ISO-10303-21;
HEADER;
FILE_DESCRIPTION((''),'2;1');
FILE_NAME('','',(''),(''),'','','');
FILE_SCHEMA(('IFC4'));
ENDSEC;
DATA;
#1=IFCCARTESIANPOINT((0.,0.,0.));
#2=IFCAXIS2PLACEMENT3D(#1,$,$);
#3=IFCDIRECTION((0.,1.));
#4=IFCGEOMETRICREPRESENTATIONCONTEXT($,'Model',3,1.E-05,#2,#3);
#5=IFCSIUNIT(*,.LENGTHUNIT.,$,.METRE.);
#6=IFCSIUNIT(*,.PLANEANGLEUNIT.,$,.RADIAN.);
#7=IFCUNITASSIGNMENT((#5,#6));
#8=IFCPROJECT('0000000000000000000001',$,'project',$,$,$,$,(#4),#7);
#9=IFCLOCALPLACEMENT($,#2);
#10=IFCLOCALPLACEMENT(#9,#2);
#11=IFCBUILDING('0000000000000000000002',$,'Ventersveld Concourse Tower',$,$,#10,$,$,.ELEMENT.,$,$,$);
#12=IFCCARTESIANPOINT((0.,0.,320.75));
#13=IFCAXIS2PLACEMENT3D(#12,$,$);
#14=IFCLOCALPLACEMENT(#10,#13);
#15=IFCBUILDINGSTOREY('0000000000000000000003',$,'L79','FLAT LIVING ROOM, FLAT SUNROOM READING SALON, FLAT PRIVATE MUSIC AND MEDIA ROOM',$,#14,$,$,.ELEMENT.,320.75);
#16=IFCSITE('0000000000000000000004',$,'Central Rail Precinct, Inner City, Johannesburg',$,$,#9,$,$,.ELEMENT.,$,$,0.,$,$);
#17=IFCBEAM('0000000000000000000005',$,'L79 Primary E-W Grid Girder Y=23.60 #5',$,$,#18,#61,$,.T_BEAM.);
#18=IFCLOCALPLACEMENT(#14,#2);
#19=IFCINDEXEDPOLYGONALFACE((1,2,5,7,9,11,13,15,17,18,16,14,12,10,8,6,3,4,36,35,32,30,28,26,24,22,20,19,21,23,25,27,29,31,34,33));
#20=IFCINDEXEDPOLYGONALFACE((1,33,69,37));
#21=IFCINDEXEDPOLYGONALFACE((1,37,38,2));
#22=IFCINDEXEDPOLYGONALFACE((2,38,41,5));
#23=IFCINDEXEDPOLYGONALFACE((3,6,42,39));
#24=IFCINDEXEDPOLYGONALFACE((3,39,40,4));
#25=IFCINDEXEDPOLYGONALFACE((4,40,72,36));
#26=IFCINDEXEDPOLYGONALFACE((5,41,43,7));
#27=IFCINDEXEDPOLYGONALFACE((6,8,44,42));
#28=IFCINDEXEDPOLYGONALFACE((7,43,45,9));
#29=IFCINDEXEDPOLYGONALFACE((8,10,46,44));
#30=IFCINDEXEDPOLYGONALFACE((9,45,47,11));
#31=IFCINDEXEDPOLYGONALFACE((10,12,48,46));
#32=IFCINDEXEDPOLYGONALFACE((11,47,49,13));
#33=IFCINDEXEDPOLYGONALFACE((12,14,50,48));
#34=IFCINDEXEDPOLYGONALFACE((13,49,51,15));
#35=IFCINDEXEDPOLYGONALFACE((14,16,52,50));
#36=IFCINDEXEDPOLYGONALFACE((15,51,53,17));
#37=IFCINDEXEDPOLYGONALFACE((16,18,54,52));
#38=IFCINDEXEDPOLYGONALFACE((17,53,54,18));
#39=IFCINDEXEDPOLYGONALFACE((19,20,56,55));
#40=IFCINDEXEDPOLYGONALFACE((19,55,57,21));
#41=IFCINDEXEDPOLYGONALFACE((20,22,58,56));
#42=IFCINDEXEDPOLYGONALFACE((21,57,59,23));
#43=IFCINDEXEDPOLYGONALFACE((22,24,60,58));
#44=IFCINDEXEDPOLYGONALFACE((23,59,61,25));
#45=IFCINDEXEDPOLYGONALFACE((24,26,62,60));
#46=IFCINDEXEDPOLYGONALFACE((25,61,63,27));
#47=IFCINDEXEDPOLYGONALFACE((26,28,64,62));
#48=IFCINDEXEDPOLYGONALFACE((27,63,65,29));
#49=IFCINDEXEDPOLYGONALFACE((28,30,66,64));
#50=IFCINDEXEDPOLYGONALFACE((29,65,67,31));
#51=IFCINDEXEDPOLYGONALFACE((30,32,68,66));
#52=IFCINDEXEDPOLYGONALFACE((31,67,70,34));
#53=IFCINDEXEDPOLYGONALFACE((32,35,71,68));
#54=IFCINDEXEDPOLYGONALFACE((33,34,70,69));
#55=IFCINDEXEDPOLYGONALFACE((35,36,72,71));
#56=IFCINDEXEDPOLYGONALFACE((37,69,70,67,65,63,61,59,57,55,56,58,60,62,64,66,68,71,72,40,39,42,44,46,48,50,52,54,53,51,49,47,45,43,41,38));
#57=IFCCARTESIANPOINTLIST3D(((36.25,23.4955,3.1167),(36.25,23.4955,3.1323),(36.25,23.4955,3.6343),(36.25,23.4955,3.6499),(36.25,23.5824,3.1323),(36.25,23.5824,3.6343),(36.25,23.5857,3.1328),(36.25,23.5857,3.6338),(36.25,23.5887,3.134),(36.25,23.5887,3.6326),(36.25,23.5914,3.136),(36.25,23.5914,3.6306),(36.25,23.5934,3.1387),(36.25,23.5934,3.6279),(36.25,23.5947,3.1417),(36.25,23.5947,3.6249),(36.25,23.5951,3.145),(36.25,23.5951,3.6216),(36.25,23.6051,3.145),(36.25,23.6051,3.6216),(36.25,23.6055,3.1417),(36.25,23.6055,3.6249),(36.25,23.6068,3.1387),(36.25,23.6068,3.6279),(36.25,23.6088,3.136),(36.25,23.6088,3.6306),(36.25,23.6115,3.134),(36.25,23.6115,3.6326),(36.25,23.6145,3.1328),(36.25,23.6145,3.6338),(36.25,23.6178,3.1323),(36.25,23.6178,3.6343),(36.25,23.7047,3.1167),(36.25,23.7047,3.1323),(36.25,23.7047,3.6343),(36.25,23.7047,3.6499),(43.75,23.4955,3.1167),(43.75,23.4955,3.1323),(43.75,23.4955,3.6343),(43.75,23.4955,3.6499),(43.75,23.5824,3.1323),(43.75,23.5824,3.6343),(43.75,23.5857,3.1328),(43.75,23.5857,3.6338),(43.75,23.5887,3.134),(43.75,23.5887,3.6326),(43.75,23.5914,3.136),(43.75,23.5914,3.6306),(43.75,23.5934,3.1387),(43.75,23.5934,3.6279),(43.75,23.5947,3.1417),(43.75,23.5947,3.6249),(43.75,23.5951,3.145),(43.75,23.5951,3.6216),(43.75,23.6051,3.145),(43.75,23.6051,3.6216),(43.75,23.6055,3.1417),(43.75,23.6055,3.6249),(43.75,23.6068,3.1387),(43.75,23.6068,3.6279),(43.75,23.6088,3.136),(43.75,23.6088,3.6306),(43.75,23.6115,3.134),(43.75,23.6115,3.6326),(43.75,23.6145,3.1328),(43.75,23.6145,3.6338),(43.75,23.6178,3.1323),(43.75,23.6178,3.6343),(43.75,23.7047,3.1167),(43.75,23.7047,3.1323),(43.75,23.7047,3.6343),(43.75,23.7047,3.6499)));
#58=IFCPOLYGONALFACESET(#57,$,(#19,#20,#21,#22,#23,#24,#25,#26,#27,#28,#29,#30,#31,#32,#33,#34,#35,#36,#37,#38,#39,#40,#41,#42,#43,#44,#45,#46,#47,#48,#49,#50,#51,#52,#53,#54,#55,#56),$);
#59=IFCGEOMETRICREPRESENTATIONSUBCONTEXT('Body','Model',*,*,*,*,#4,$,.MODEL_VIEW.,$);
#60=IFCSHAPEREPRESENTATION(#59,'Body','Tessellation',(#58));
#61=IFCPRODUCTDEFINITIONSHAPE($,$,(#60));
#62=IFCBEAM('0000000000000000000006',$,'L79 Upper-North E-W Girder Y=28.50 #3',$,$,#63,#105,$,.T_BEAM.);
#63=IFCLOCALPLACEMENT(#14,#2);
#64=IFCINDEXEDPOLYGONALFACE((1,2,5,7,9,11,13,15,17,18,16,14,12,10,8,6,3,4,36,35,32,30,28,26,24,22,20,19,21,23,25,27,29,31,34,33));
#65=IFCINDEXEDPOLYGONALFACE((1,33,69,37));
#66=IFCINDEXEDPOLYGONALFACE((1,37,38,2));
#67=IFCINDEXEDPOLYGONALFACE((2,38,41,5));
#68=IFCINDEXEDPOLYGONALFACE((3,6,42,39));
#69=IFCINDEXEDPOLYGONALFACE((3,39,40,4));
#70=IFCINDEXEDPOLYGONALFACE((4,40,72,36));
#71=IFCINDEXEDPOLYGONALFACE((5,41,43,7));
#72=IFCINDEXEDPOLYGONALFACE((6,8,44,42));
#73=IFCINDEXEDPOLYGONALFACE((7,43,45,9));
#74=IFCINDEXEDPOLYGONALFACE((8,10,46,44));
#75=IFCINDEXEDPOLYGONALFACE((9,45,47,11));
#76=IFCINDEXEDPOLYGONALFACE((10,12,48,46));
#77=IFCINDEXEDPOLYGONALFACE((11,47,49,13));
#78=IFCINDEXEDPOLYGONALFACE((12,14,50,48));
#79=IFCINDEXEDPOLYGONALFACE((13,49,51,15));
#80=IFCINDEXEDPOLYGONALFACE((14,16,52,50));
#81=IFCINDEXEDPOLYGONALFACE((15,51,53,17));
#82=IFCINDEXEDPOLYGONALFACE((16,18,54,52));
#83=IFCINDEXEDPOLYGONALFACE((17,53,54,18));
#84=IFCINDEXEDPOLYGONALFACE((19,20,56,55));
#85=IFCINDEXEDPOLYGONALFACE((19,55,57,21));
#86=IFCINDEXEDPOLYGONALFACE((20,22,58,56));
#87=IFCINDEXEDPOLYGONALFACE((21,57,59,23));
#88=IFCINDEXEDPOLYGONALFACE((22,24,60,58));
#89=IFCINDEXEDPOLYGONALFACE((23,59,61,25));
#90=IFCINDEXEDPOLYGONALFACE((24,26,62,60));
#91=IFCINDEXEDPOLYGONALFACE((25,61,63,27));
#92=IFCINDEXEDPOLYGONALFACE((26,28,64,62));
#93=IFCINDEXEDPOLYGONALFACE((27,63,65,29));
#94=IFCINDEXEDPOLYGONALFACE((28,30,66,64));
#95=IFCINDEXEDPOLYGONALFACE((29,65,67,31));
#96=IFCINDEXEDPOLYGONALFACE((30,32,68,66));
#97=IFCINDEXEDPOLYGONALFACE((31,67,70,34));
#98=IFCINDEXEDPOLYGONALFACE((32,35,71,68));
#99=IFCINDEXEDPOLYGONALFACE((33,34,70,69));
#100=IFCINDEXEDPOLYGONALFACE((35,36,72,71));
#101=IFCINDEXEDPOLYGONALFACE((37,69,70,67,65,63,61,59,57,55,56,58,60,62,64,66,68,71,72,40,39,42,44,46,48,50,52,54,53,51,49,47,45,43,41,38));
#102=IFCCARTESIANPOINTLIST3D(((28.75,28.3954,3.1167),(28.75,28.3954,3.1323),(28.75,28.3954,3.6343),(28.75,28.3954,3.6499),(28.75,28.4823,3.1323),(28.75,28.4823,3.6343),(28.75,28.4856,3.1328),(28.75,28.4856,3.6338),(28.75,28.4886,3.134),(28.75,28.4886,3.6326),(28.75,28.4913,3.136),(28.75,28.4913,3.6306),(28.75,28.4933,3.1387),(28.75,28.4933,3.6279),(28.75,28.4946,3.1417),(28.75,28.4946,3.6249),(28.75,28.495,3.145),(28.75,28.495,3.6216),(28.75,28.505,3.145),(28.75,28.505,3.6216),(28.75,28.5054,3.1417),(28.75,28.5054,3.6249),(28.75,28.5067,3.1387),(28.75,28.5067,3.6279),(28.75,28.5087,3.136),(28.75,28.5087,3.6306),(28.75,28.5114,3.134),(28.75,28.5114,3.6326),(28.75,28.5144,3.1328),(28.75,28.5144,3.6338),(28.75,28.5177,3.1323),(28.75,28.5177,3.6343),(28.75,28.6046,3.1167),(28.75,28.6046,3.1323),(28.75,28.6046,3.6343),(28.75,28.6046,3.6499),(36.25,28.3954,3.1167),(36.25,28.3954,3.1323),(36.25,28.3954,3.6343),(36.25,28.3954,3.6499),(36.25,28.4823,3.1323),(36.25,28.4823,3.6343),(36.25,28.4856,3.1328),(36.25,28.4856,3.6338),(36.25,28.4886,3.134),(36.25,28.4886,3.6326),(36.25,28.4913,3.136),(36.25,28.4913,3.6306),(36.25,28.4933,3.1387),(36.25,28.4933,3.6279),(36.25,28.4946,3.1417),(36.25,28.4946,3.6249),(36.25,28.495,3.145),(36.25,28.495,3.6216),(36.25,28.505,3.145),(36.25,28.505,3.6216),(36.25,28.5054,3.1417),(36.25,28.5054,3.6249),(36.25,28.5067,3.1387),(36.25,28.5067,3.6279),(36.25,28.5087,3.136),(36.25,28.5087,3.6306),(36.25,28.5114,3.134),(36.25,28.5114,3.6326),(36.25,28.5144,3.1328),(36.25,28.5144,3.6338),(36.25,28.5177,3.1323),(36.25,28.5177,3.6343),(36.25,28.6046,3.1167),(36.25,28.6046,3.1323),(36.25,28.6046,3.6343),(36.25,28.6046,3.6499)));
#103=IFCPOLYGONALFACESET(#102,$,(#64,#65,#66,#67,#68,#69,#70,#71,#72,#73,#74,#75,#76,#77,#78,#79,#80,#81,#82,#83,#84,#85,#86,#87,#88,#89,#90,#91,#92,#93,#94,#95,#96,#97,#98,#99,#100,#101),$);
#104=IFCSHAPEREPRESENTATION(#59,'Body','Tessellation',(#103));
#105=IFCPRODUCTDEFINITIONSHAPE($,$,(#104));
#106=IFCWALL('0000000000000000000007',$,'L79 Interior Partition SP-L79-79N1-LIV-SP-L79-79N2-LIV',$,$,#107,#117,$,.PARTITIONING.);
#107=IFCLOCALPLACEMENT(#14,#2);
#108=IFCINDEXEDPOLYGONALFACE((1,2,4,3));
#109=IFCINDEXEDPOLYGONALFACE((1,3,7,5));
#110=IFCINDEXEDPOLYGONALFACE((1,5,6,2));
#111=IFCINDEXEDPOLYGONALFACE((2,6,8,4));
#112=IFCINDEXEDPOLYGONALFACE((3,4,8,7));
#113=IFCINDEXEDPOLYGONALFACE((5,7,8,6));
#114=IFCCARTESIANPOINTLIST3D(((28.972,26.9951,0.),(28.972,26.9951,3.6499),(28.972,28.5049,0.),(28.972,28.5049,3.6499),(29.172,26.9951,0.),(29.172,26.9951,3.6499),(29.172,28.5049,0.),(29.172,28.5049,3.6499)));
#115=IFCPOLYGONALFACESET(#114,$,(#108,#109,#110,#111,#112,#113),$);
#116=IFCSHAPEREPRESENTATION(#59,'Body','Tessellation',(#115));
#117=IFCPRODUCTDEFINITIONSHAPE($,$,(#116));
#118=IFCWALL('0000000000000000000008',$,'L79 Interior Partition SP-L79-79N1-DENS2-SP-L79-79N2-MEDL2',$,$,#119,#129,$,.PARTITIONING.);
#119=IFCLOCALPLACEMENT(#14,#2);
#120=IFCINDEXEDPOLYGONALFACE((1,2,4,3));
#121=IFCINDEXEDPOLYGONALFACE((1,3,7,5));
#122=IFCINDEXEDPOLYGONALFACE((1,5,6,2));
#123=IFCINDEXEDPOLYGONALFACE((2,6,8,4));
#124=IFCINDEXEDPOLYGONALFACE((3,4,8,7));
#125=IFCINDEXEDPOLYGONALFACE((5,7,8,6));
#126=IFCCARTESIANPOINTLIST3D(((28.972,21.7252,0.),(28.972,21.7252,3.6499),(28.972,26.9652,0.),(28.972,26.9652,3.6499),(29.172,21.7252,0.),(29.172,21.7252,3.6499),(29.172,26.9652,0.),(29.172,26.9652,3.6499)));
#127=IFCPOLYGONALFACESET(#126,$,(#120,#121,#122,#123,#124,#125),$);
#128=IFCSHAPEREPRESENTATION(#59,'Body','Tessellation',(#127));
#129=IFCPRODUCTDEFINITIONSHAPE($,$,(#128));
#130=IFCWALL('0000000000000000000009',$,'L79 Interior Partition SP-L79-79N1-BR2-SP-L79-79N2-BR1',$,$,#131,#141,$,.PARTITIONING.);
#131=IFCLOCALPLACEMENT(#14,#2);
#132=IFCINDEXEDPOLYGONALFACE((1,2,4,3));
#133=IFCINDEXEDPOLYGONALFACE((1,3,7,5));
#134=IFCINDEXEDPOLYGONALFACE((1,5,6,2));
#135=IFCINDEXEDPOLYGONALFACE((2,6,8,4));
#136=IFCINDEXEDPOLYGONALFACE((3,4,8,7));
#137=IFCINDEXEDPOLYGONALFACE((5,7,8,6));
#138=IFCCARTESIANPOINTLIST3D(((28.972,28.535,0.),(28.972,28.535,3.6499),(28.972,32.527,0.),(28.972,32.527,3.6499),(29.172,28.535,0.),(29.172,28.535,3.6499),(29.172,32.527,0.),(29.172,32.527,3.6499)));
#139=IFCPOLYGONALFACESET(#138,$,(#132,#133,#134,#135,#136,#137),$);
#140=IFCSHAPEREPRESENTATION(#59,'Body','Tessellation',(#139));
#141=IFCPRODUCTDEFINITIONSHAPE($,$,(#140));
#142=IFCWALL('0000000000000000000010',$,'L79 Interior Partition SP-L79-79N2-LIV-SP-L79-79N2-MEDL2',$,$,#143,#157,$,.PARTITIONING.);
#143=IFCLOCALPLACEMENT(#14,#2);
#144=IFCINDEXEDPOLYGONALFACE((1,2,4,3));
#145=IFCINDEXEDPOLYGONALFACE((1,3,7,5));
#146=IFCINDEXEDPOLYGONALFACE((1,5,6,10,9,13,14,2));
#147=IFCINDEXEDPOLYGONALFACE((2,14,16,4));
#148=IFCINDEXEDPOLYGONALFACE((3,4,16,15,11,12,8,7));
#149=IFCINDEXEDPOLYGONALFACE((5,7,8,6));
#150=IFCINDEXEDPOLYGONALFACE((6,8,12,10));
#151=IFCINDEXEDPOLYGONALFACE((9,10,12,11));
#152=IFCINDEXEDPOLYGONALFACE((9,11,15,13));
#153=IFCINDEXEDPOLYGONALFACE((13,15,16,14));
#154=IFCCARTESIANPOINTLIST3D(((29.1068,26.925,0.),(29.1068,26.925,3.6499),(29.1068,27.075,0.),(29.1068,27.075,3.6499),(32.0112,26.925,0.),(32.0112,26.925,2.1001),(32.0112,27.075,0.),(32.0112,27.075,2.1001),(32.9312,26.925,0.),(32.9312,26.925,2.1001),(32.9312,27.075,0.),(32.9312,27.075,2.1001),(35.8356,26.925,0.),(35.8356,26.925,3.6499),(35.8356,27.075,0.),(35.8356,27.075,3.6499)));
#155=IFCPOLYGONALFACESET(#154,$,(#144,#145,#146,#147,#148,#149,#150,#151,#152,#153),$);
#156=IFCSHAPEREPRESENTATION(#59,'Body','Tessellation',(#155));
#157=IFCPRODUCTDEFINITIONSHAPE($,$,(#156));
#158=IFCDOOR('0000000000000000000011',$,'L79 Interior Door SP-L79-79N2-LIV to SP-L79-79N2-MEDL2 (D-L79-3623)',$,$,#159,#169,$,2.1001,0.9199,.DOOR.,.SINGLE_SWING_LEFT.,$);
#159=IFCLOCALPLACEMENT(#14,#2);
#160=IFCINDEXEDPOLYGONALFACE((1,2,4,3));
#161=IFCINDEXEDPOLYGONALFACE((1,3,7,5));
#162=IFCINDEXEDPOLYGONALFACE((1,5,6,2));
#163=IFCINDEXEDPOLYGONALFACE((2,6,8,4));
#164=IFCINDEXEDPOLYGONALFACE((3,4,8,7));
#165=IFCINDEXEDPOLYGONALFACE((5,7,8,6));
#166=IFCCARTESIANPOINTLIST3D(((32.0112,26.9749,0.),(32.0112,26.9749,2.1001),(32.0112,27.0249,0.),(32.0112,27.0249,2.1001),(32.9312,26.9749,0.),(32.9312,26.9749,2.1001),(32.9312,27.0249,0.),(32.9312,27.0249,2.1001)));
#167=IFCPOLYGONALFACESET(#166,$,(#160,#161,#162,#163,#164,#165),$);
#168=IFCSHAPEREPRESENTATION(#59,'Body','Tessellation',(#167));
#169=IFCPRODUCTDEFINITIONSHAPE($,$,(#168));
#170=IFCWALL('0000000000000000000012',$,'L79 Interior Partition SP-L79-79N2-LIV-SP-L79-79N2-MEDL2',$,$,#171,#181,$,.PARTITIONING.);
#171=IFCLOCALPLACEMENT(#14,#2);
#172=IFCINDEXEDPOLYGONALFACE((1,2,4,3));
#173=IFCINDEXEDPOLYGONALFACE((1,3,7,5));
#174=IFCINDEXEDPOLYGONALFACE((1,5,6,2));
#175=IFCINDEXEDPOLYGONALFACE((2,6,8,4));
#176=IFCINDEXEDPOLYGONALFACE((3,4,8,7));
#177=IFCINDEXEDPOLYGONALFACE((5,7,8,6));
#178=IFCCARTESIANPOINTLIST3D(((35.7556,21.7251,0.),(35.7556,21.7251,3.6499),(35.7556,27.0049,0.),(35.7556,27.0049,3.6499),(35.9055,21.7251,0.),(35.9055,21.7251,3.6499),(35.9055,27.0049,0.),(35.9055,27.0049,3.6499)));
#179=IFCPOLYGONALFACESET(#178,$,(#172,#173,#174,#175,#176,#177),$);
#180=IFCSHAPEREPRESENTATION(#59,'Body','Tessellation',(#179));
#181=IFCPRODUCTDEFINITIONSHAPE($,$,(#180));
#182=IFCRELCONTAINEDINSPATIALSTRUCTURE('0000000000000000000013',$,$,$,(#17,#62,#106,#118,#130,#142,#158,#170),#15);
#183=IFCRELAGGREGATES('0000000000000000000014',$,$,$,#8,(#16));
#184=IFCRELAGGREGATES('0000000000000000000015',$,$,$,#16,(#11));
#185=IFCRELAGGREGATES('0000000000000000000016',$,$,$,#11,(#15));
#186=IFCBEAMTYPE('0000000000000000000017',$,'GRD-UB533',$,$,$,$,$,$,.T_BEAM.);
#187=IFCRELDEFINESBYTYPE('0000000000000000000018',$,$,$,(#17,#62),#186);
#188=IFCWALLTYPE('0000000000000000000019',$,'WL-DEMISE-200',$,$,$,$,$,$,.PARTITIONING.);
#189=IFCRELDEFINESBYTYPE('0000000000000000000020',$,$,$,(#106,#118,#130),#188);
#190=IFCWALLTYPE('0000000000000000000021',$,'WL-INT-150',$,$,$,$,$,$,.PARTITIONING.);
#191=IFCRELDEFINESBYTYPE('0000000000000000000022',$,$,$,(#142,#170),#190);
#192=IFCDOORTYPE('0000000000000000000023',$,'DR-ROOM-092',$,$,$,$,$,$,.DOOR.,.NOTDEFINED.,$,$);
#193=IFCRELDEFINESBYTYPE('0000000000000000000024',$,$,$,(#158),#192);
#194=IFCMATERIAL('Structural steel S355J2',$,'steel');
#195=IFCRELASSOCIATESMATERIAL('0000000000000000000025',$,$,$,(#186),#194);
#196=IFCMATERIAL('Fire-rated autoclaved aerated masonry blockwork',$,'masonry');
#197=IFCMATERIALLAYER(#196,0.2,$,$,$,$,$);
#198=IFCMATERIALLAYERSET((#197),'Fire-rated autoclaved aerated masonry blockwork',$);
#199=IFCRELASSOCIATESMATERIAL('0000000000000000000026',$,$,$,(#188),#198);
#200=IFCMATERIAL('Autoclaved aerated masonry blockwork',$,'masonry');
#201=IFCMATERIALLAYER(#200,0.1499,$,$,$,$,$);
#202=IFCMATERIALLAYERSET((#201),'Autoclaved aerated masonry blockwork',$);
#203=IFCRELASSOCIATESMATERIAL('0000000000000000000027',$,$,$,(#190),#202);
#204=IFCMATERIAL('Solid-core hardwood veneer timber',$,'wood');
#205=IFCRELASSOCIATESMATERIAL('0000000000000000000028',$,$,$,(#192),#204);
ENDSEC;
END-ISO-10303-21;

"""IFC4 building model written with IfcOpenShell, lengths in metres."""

from ifc_helpers import new_model, si_unit, direction, frame, frame_2d, origin, origin_2d, place, context, subcontext, project, spatial, rectangle, i_section, extrude, material, layer, layer_set, material_profile, profile_set, type_object, element, fill, save


model = new_model("IFC4")

# Units and contexts
model_context = context("Model", 3, precision=1e-05, world=origin(), true_north=direction((0.0, 1.0)))
body_context = subcontext(model_context, "Body", "Model", "MODEL_VIEW")
ifc_project = project(units=[si_unit("LENGTHUNIT", "METRE"), si_unit("PLANEANGLEUNIT", "RADIAN")], contexts=[model_context])

# Site, building, storey
site_placement = place(None, origin())
site = spatial("IfcSite", under=ifc_project, at=site_placement, Name="Central Rail Precinct, Inner City, Johannesburg", CompositionType="ELEMENT", RefElevation=0.0)
building_placement = place(site_placement, origin())
building = spatial("IfcBuilding", under=site, at=building_placement, Name="Ventersveld Concourse Tower", CompositionType="ELEMENT")
storey_placement = place(building_placement, frame((0.0, 0.0, 320.75)))
storey = spatial("IfcBuildingStorey", under=building, at=storey_placement, Name="L79", Description="FLAT LIVING ROOM, FLAT SUNROOM READING SALON, FLAT PRIVATE MUSIC AND MEDIA ROOM", CompositionType="ELEMENT", Elevation=320.75)

# Shared definitions
ifc_material_1 = material(Name="Structural steel S355J2", Category="steel")

# Beams
ifc_material_profile_1 = material_profile(ifc_material_1, i_section(OverallWidth=0.2092, OverallDepth=0.5332, WebThickness=0.01, FlangeThickness=0.0156, FilletRadius=0.0127, at=origin_2d()), Name="UB 533x210x92")
ifc_profile_set_1 = profile_set([ifc_material_profile_1], Name="Structural steel S355J2")
beam_type_1 = type_object("IfcBeamType", Name="GRD-UB533", PredefinedType="T_BEAM", material=ifc_profile_set_1)
for number, where, z_axis, x_axis, name in (
    (1, (36.25, 23.6001, 3.3833), (1.0, 0.0, 0.0), (0.0, 1.0, 0.0), "L79 Primary E-W Grid Girder Y=23.60 #5"),
    (2, (28.75, 28.5, 3.3833), (1.0, 0.0, 0.0), (0.0, 1.0, 0.0), "L79 Upper-North E-W Girder Y=28.50 #3"),
):
    element("IfcBeam", number, at=place(storey_placement, frame(where, z_axis=z_axis, x_axis=x_axis)), inside=storey, type_object=beam_type_1, Name=name, PredefinedType="T_BEAM", context=body_context, shape_type="SweptSolid", body=[
        extrude(i_section(OverallWidth=0.2092, OverallDepth=0.5332, WebThickness=0.01, FlangeThickness=0.0156, FilletRadius=0.0127, at=origin_2d()), origin(), (0.0, 0.0, 1.0), 7.5),
    ])

# Walls
ifc_material_2 = material(Name="Fire-rated autoclaved aerated masonry blockwork", Category="masonry")
ifc_layer_1 = layer(ifc_material_2, 0.2)
ifc_layer_set_1 = layer_set([ifc_layer_1], Name="Fire-rated autoclaved aerated masonry blockwork")
wall_type_1 = type_object("IfcWallType", Name="WL-DEMISE-200", PredefinedType="PARTITIONING", material=ifc_layer_set_1)
wall_1_placement = place(storey_placement, frame((29.072, 26.9951, 0.0), z_axis=(0.0, 0.0, 1.0), x_axis=(0.0, 1.0, 0.0)))
element("IfcWall", 3, at=wall_1_placement, inside=storey, type_object=wall_type_1, Name="L79 Interior Partition SP-L79-79N1-LIV-SP-L79-79N2-LIV", PredefinedType="PARTITIONING", context=body_context, shape_type="SweptSolid", body=[
    extrude(rectangle(XDim=1.5098, YDim=0.2, at=frame_2d((0.7549, 0.0))), origin(), (0.0, 0.0, 1.0), 3.6499),
])
wall_2_placement = place(storey_placement, frame((29.072, 21.7251, 0.0), z_axis=(0.0, 0.0, 1.0), x_axis=(0.0, 1.0, 0.0)))
element("IfcWall", 4, at=wall_2_placement, inside=storey, type_object=wall_type_1, Name="L79 Interior Partition SP-L79-79N1-DENS2-SP-L79-79N2-MEDL2", PredefinedType="PARTITIONING", context=body_context, shape_type="SweptSolid", body=[
    extrude(rectangle(XDim=5.24, YDim=0.2, at=frame_2d((2.6201, 0.0))), origin(), (0.0, 0.0, 1.0), 3.6499),
])
wall_3_placement = place(storey_placement, frame((29.072, 28.5349, 0.0), z_axis=(0.0, 0.0, 1.0), x_axis=(0.0, 1.0, 0.0)))
element("IfcWall", 5, at=wall_3_placement, inside=storey, type_object=wall_type_1, Name="L79 Interior Partition SP-L79-79N1-BR2-SP-L79-79N2-BR1", PredefinedType="PARTITIONING", context=body_context, shape_type="SweptSolid", body=[
    extrude(rectangle(XDim=3.9919, YDim=0.2, at=frame_2d((1.9961, 0.0))), origin(), (0.0, 0.0, 1.0), 3.6499),
])

# Wall, opening, door
ifc_material_3 = material(Name="Autoclaved aerated masonry blockwork", Category="masonry")
ifc_layer_2 = layer(ifc_material_3, 0.1499)
ifc_layer_set_2 = layer_set([ifc_layer_2], Name="Autoclaved aerated masonry blockwork")
wall_type_2 = type_object("IfcWallType", Name="WL-INT-150", PredefinedType="PARTITIONING", material=ifc_layer_set_2)
wall_4_placement = place(storey_placement, frame((29.1069, 27.0, 0.0), z_axis=(0.0, 0.0, 1.0), x_axis=(1.0, 0.0, 0.0)))
wall_4 = element("IfcWall", 6, at=wall_4_placement, inside=storey, type_object=wall_type_2, Name="L79 Interior Partition SP-L79-79N2-LIV-SP-L79-79N2-MEDL2", PredefinedType="PARTITIONING", context=body_context, shape_type="SweptSolid", body=[
    extrude(rectangle(XDim=6.7288, YDim=0.1499, at=frame_2d((3.3643, 0.0))), origin(), (0.0, 0.0, 1.0), 3.6499),
])
opening_1_placement = place(wall_4_placement, frame((2.9043, 0.0, 0.0)))
opening_1 = element("IfcOpeningElement", 7, at=opening_1_placement, cuts=wall_4, PredefinedType="OPENING", context=body_context, shape_type="SweptSolid", body=[
    extrude(rectangle(XDim=0.9199, YDim=2.1001, at=frame_2d((0.46, 1.05))), frame((0.0, 0.085, 0.0), z_axis=(0.0, -1.0, 0.0), x_axis=(1.0, 0.0, 0.0)), (0.0, 0.0, 1.0), 0.1699),
])
ifc_material_4 = material(Name="Solid-core hardwood veneer timber", Category="wood")
door_type = type_object("IfcDoorType", Name="DR-ROOM-092", OperationType="NOTDEFINED", PredefinedType="DOOR", material=ifc_material_4)
door_1_placement = place(opening_1_placement, origin())
door_1 = element("IfcDoor", 8, at=door_1_placement, inside=storey, type_object=door_type, Name="L79 Interior Door SP-L79-79N2-LIV to SP-L79-79N2-MEDL2 (D-L79-3623)", OperationType="SINGLE_SWING_LEFT", OverallHeight=2.1001, OverallWidth=0.9199, PredefinedType="DOOR", context=body_context, shape_type="SweptSolid", body=[
    extrude(rectangle(XDim=0.9199, YDim=2.1001, at=frame_2d((0.46, 1.05))), frame((0.0, 0.0249, 0.0), z_axis=(0.0, -1.0, 0.0), x_axis=(1.0, 0.0, 0.0)), (0.0, 0.0, 1.0), 0.05),
])
fill(opening_1, door_1)

# Wall
wall_5_placement = place(storey_placement, frame((35.8306, 21.7251, 0.0), z_axis=(0.0, 0.0, 1.0), x_axis=(0.0, 1.0, 0.0)))
element("IfcWall", 9, at=wall_5_placement, inside=storey, type_object=wall_type_2, Name="L79 Interior Partition SP-L79-79N2-LIV-SP-L79-79N2-MEDL2", PredefinedType="PARTITIONING", context=body_context, shape_type="SweptSolid", body=[
    extrude(rectangle(XDim=5.2798, YDim=0.1499, at=frame_2d((2.6399, 0.0))), origin(), (0.0, 0.0, 1.0), 3.6499),
])

save(model, "model.ifc")
